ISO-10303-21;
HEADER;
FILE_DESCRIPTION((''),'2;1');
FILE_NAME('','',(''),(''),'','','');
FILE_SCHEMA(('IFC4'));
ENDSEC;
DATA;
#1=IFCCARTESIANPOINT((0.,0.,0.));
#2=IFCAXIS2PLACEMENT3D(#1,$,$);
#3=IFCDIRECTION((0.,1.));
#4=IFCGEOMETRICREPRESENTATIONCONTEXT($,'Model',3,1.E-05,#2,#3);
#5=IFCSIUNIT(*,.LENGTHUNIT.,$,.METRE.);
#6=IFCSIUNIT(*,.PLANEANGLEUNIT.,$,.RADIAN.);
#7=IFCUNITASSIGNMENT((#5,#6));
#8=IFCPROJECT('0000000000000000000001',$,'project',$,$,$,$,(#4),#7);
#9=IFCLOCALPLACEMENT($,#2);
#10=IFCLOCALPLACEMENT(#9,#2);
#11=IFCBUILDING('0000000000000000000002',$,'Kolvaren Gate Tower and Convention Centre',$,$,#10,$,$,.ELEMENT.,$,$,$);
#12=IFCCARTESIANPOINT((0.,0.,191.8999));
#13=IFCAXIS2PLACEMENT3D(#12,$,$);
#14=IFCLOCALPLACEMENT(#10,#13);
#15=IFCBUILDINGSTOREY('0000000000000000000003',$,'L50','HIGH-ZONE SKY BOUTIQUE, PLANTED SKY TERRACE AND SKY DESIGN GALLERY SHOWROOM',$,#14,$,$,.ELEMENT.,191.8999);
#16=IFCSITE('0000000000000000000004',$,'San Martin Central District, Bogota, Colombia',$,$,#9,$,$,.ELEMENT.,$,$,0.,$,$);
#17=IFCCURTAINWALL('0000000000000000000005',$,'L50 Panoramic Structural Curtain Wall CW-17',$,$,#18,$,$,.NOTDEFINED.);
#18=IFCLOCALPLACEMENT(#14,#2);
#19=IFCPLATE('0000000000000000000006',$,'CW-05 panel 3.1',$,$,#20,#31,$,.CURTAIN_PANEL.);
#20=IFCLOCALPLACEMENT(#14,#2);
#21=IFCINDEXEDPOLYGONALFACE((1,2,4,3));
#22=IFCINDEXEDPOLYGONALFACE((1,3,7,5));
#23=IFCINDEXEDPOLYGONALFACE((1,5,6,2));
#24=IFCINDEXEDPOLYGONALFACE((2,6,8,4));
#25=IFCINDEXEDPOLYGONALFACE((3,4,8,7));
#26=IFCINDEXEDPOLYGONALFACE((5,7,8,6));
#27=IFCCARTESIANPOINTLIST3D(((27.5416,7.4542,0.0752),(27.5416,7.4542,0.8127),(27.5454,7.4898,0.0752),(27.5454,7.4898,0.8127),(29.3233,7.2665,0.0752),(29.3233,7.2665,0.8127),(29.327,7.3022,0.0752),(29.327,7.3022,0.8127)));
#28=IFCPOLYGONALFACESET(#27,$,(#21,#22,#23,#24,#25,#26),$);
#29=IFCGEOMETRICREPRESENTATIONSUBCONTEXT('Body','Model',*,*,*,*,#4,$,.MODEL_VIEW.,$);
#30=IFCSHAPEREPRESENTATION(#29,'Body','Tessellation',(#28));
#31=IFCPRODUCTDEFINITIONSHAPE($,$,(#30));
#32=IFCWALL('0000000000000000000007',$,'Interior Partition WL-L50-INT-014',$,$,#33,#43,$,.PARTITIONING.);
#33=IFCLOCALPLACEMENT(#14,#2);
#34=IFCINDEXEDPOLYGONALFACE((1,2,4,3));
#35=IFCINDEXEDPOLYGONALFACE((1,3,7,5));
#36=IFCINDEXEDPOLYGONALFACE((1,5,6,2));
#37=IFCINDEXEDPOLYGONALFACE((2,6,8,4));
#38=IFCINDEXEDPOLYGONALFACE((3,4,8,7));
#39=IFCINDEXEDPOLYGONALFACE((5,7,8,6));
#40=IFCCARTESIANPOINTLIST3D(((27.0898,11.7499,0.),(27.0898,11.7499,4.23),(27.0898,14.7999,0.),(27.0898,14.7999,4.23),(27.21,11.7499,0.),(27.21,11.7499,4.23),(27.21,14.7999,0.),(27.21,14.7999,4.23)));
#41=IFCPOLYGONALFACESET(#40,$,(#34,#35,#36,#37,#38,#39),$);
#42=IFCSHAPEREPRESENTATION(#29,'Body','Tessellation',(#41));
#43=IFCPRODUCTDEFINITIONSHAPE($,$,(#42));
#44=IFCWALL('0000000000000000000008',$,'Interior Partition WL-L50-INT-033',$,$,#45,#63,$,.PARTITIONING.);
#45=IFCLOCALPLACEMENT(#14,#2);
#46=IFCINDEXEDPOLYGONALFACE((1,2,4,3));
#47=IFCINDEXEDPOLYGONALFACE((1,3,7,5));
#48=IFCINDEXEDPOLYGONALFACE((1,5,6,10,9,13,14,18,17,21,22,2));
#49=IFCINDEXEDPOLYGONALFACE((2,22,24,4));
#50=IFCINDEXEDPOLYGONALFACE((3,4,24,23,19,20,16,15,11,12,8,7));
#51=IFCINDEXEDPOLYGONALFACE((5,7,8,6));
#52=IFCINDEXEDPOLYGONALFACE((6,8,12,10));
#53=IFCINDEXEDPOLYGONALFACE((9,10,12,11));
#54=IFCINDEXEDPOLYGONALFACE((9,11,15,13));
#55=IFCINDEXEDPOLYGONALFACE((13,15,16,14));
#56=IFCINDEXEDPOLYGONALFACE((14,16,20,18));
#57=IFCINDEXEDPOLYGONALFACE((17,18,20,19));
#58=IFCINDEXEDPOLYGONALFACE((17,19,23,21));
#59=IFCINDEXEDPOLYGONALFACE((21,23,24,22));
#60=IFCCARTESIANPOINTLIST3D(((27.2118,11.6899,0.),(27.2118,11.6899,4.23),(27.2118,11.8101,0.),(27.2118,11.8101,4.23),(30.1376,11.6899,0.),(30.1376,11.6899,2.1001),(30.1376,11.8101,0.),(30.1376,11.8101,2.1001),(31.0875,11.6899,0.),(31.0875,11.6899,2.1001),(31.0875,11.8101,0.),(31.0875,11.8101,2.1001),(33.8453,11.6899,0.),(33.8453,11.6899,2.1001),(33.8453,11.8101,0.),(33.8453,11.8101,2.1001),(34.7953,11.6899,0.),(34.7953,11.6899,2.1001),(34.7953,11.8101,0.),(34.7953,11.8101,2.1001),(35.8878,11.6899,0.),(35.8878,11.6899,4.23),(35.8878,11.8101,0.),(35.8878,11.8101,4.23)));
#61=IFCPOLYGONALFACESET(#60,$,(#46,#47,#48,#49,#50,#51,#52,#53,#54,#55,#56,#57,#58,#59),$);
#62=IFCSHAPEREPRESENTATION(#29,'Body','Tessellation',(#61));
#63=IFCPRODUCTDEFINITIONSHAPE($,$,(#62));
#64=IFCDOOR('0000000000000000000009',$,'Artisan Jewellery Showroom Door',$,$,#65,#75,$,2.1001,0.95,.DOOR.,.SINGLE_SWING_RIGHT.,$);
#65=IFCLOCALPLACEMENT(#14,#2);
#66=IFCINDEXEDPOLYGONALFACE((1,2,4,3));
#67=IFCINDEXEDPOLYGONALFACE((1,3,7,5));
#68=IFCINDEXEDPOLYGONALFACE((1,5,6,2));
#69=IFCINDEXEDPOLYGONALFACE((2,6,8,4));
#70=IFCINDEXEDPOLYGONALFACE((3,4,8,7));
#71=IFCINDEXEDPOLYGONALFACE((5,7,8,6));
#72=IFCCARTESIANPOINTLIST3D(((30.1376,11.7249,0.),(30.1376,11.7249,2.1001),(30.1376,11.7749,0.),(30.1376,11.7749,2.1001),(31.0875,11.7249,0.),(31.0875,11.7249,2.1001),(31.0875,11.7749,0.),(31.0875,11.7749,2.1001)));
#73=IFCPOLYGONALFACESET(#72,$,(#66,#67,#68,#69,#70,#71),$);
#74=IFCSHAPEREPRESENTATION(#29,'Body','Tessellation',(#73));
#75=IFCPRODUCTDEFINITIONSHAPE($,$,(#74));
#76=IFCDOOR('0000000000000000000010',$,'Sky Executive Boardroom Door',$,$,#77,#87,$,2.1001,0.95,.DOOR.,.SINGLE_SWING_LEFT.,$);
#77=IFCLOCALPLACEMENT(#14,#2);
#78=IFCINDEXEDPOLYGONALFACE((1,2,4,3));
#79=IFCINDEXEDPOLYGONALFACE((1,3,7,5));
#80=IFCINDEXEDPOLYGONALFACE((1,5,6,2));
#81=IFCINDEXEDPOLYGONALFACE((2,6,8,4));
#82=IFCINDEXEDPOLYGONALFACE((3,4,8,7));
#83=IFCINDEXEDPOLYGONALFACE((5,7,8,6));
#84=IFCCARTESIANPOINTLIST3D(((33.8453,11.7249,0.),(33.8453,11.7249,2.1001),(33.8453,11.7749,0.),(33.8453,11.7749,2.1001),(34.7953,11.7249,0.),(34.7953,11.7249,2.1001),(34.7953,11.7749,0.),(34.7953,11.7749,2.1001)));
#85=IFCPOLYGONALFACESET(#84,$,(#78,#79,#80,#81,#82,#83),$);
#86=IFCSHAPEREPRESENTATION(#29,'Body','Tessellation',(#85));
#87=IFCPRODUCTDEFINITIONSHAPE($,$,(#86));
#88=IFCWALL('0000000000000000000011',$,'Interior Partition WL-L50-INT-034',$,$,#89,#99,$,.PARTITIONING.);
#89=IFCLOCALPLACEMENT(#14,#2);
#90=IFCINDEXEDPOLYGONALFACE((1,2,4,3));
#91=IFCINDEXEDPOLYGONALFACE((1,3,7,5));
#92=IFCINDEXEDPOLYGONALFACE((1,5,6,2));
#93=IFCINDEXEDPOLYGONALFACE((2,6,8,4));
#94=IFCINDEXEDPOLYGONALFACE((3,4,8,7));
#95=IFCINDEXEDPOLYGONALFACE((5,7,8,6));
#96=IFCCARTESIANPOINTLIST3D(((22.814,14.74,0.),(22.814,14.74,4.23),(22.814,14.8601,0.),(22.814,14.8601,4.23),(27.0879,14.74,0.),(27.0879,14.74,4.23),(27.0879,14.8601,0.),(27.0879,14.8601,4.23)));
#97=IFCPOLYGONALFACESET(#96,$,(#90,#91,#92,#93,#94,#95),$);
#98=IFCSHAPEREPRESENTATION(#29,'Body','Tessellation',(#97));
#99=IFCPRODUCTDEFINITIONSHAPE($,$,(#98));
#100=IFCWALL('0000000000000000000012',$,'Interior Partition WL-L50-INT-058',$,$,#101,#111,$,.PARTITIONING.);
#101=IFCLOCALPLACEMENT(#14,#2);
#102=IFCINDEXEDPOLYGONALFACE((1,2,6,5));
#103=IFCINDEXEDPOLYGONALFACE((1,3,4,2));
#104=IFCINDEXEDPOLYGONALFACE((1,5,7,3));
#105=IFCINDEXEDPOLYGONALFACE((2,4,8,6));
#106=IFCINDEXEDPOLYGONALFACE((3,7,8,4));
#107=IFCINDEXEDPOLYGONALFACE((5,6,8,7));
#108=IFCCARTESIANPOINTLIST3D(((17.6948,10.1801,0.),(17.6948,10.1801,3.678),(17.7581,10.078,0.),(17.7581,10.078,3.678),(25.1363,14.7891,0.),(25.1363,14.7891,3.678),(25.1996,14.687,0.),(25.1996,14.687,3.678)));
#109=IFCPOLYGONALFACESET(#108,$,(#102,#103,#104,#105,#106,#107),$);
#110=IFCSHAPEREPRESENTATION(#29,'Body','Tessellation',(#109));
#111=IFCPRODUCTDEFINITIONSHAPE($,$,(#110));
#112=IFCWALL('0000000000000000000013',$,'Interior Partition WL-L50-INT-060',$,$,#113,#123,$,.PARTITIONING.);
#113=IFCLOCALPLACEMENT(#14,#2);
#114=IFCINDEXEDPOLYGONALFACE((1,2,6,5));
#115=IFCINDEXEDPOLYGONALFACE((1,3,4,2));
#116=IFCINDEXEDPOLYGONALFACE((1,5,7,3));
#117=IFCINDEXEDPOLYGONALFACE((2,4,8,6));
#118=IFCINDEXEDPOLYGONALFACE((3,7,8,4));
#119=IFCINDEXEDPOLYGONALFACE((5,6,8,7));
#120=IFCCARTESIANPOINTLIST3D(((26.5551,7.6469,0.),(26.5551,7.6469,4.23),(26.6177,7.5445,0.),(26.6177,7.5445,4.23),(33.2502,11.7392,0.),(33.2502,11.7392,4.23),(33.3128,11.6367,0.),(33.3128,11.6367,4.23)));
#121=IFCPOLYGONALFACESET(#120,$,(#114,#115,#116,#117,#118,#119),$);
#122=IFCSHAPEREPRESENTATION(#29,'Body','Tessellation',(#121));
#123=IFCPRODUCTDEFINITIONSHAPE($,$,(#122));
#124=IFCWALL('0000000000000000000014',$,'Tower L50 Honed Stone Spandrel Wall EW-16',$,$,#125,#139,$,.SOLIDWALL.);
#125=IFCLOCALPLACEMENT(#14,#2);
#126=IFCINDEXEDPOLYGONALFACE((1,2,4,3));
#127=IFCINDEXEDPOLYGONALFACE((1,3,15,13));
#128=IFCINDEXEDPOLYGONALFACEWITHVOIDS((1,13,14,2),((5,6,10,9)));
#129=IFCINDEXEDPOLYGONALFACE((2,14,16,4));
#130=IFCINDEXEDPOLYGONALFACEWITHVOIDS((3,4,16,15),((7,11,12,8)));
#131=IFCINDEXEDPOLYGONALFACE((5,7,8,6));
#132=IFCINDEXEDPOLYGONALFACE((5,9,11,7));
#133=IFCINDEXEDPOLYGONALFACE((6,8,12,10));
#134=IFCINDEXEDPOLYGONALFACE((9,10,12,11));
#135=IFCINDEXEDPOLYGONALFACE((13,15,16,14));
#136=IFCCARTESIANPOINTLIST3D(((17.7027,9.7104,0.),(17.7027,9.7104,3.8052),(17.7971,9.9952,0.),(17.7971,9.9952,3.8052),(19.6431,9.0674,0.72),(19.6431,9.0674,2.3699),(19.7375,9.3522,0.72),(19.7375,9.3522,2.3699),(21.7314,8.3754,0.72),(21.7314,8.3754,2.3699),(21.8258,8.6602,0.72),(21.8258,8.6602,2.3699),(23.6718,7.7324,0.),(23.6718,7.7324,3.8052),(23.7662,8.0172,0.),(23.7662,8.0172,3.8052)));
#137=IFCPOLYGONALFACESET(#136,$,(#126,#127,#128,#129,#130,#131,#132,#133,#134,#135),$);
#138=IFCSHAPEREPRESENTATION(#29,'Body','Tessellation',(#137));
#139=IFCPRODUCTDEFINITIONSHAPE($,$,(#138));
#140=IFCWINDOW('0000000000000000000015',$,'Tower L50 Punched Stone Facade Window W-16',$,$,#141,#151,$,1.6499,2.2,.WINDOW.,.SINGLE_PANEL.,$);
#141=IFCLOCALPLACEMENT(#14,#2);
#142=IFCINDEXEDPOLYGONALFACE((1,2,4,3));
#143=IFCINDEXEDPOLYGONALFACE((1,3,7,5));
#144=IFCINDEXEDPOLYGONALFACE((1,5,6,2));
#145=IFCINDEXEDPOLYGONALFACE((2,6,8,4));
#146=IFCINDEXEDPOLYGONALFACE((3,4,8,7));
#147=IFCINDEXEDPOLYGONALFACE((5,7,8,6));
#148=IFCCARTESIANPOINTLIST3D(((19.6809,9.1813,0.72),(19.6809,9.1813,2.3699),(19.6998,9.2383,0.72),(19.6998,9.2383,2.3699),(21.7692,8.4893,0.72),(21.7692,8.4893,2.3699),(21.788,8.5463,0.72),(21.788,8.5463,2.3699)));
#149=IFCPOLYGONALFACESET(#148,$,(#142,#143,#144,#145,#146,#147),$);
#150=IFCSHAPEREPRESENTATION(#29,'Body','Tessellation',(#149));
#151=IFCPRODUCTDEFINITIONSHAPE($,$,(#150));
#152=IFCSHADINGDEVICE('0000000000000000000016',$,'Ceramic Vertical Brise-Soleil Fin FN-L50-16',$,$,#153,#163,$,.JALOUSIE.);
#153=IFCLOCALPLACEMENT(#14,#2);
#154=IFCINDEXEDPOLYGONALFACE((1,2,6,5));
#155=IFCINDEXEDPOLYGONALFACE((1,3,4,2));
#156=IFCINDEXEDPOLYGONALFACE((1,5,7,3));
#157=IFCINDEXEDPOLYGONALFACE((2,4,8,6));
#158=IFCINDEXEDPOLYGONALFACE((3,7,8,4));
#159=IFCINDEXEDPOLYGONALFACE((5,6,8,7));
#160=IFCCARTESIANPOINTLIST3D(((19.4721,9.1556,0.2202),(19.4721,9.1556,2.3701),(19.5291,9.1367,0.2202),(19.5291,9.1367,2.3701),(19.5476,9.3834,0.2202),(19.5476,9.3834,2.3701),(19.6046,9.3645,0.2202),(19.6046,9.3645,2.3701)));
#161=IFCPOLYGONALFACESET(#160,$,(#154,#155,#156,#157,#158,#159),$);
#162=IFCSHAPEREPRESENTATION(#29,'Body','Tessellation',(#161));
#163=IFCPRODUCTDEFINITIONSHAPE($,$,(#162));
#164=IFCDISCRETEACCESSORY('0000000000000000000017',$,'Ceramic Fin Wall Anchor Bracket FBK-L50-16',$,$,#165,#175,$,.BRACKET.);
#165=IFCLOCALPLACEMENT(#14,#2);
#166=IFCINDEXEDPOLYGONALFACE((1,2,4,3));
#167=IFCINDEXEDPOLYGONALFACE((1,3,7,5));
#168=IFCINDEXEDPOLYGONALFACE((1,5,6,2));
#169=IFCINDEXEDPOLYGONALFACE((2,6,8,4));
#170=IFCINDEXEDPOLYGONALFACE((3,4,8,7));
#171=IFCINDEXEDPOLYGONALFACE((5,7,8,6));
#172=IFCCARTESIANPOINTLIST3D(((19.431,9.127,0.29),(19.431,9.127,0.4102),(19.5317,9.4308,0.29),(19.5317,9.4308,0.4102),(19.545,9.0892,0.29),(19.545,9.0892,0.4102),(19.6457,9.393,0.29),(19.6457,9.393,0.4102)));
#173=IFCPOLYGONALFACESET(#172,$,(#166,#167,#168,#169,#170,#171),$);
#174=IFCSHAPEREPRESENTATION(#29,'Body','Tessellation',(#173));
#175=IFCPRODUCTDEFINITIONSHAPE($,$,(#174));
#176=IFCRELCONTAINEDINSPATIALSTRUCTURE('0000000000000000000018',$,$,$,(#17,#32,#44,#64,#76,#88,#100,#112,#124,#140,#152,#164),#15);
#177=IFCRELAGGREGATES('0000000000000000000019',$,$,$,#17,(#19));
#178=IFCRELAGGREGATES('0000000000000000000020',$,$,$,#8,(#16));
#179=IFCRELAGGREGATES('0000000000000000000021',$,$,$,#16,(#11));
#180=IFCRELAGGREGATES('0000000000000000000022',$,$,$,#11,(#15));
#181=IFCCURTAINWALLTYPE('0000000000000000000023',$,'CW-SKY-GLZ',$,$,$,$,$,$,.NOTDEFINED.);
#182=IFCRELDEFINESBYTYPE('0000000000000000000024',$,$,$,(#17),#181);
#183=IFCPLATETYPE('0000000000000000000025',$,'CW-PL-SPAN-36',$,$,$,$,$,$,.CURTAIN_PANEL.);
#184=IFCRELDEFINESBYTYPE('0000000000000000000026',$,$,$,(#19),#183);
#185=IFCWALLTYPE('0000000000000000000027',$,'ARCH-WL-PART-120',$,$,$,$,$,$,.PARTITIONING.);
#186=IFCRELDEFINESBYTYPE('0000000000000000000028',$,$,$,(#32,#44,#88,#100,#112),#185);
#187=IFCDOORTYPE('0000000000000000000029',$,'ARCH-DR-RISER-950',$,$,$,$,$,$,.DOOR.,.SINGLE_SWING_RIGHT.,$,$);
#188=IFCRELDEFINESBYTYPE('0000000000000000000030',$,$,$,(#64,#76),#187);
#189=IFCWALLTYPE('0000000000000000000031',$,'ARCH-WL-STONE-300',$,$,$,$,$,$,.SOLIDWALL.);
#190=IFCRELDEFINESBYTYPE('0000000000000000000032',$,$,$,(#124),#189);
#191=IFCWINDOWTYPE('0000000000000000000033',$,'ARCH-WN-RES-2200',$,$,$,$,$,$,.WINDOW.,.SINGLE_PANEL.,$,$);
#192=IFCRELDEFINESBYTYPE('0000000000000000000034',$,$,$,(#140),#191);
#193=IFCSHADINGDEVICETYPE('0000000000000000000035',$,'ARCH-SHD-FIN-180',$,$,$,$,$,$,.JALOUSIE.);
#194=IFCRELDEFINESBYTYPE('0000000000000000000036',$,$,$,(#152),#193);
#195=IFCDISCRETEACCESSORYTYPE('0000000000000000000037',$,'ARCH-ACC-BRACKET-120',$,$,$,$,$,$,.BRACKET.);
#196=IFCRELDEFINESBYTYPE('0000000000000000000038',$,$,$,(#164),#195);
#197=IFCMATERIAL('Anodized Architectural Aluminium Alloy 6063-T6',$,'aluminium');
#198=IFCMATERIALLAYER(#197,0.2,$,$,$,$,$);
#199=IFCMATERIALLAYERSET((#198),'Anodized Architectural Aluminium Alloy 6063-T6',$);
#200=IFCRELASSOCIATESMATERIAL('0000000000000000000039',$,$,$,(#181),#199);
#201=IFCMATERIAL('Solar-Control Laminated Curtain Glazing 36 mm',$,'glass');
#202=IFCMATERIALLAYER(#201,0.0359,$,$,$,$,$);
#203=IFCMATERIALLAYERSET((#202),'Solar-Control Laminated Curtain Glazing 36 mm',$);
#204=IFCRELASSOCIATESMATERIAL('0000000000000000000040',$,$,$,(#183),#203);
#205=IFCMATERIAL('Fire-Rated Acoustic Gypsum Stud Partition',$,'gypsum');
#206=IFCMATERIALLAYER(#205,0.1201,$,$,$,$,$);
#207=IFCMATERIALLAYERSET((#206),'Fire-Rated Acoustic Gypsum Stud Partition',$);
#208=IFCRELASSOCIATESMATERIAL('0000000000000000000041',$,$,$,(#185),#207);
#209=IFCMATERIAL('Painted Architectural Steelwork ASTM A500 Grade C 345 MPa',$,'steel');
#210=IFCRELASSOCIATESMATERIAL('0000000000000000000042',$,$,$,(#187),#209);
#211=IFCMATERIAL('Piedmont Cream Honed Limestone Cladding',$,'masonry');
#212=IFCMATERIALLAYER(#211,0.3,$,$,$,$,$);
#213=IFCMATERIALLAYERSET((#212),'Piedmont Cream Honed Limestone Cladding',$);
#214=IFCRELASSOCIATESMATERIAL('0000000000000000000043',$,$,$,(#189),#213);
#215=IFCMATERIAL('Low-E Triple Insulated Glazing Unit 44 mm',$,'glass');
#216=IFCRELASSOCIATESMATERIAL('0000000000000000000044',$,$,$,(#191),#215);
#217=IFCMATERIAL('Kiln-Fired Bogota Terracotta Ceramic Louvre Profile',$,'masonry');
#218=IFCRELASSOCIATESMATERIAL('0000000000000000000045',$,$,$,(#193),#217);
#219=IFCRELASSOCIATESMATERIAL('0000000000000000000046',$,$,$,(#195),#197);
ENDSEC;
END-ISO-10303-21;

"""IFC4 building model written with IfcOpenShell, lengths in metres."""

from ifc_helpers import new_model, si_unit, direction, frame, frame_2d, origin, origin_2d, place, context, subcontext, project, spatial, rectangle, extrude, material, layer, layer_set, type_object, element, fill, aggregate, save


model = new_model("IFC4")

# Units and contexts
model_context = context("Model", 3, precision=1e-05, world=origin(), true_north=direction((0.0, 1.0)))
body_context = subcontext(model_context, "Body", "Model", "MODEL_VIEW")
ifc_project = project(units=[si_unit("LENGTHUNIT", "METRE"), si_unit("PLANEANGLEUNIT", "RADIAN")], contexts=[model_context])

# Site, building, storey
site_placement = place(None, origin())
site = spatial("IfcSite", under=ifc_project, at=site_placement, Name="San Martin Central District, Bogota, Colombia", CompositionType="ELEMENT", RefElevation=0.0)
building_placement = place(site_placement, origin())
building = spatial("IfcBuilding", under=site, at=building_placement, Name="Kolvaren Gate Tower and Convention Centre", CompositionType="ELEMENT")
storey_placement = place(building_placement, frame((0.0, 0.0, 191.8999)))
storey = spatial("IfcBuildingStorey", under=building, at=storey_placement, Name="L50", Description="HIGH-ZONE SKY BOUTIQUE, PLANTED SKY TERRACE AND SKY DESIGN GALLERY SHOWROOM", CompositionType="ELEMENT", Elevation=191.8999)

# Curtain wall
ifc_material_1 = material(Name="Anodized Architectural Aluminium Alloy 6063-T6", Category="aluminium")
ifc_layer_1 = layer(ifc_material_1, 0.2)
ifc_layer_set_1 = layer_set([ifc_layer_1], Name="Anodized Architectural Aluminium Alloy 6063-T6")
curtain_wall_type = type_object("IfcCurtainWallType", Name="CW-SKY-GLZ", PredefinedType="NOTDEFINED", material=ifc_layer_set_1)
curtain_wall_placement = place(storey_placement, origin())
curtain_wall = element("IfcCurtainWall", 1, at=curtain_wall_placement, inside=storey, type_object=curtain_wall_type, Name="L50 Panoramic Structural Curtain Wall CW-17", PredefinedType="NOTDEFINED")

# Plate
ifc_material_2 = material(Name="Low-E Triple Insulated Glazing Unit 44 mm", Category="glass")
ifc_material_3 = material(Name="Solar-Control Laminated Curtain Glazing 36 mm", Category="glass")
ifc_layer_2 = layer(ifc_material_3, 0.0359)
ifc_layer_set_2 = layer_set([ifc_layer_2], Name="Solar-Control Laminated Curtain Glazing 36 mm")
plate_type_1 = type_object("IfcPlateType", Name="CW-PL-SPAN-36", PredefinedType="CURTAIN_PANEL", material=ifc_layer_set_2)
plate_1_placement = place(storey_placement, frame((28.4343, 7.3782, 0.0752), z_axis=(0.0, 0.0, 1.0), x_axis=(0.994499, -0.104744, 0.0)))
plate_1 = element("IfcPlate", 2, at=plate_1_placement, type_object=plate_type_1, Name="CW-05 panel 3.1", PredefinedType="CURTAIN_PANEL", context=body_context, shape_type="SweptSolid", body=[
    extrude(rectangle(XDim=1.7915, YDim=0.0359, at=origin_2d()), origin(), (0.0, 0.0, 1.0), 0.7375),
])
aggregate(curtain_wall, [plate_1])

# Wall
ifc_material_4 = material(Name="Fire-Rated Acoustic Gypsum Stud Partition", Category="gypsum")
ifc_layer_3 = layer(ifc_material_4, 0.1201)
ifc_layer_set_3 = layer_set([ifc_layer_3], Name="Fire-Rated Acoustic Gypsum Stud Partition")
wall_type_1 = type_object("IfcWallType", Name="ARCH-WL-PART-120", PredefinedType="PARTITIONING", material=ifc_layer_set_3)
wall_1_placement = place(storey_placement, frame((27.1499, 11.75, 0.0), z_axis=(0.0, 0.0, 1.0), x_axis=(0.0, 1.0, 0.0)))
element("IfcWall", 3, at=wall_1_placement, inside=storey, type_object=wall_type_1, Name="Interior Partition WL-L50-INT-014", PredefinedType="PARTITIONING", context=body_context, shape_type="SweptSolid", body=[
    extrude(rectangle(XDim=3.05, YDim=0.1201, at=frame_2d((1.5249, 0.0))), origin(), (0.0, 0.0, 1.0), 4.23),
])

# Wall, openings, doors
wall_2_placement = place(storey_placement, frame((27.2119, 11.75, 0.0), z_axis=(0.0, 0.0, 1.0), x_axis=(1.0, 0.0, 0.0)))
wall_2 = element("IfcWall", 4, at=wall_2_placement, inside=storey, type_object=wall_type_1, Name="Interior Partition WL-L50-INT-033", PredefinedType="PARTITIONING", context=body_context, shape_type="SweptSolid", body=[
    extrude(rectangle(XDim=8.676, YDim=0.1201, at=frame_2d((4.3379, 0.0))), origin(), (0.0, 0.0, 1.0), 4.23),
])
opening_1_placement = place(wall_2_placement, frame((2.9255, 0.0, 0.0)))
opening_1 = element("IfcOpeningElement", 5, at=opening_1_placement, cuts=wall_2, PredefinedType="OPENING", context=body_context, shape_type="SweptSolid", body=[
    extrude(rectangle(XDim=0.95, YDim=2.1001, at=frame_2d((0.4751, 1.05))), frame((0.0, 0.0701, 0.0), z_axis=(0.0, -1.0, 0.0), x_axis=(1.0, 0.0, 0.0)), (0.0, 0.0, 1.0), 0.1401),
])
opening_2_placement = place(wall_2_placement, frame((6.6333, 0.0, 0.0)))
opening_2 = element("IfcOpeningElement", 6, at=opening_2_placement, cuts=wall_2, PredefinedType="OPENING", context=body_context, shape_type="SweptSolid", body=[
    extrude(rectangle(XDim=0.95, YDim=2.1001, at=frame_2d((0.4751, 1.05))), frame((0.0, 0.0701, 0.0), z_axis=(0.0, -1.0, 0.0), x_axis=(1.0, 0.0, 0.0)), (0.0, 0.0, 1.0), 0.1401),
])
ifc_material_5 = material(Name="Painted Architectural Steelwork ASTM A500 Grade C 345 MPa", Category="steel")
door_type = type_object("IfcDoorType", Name="ARCH-DR-RISER-950", OperationType="SINGLE_SWING_RIGHT", PredefinedType="DOOR", material=ifc_material_5)
door_1_placement = place(opening_1_placement, origin())
door_1 = element("IfcDoor", 7, at=door_1_placement, inside=storey, type_object=door_type, Name="Artisan Jewellery Showroom Door", OperationType="SINGLE_SWING_RIGHT", OverallHeight=2.1001, OverallWidth=0.95, PredefinedType="DOOR", context=body_context, shape_type="SweptSolid", body=[
    extrude(rectangle(XDim=0.95, YDim=2.1001, at=frame_2d((0.4751, 1.05))), frame((0.0, 0.0249, 0.0), z_axis=(0.0, -1.0, 0.0), x_axis=(1.0, 0.0, 0.0)), (0.0, 0.0, 1.0), 0.05),
])
fill(opening_1, door_1)
door_2_placement = place(opening_2_placement, origin())
door_2 = element("IfcDoor", 8, at=door_2_placement, inside=storey, type_object=door_type, Name="Sky Executive Boardroom Door", OperationType="SINGLE_SWING_LEFT", OverallHeight=2.1001, OverallWidth=0.95, PredefinedType="DOOR", context=body_context, shape_type="SweptSolid", body=[
    extrude(rectangle(XDim=0.95, YDim=2.1001, at=frame_2d((0.4751, 1.05))), frame((0.0, 0.0249, 0.0), z_axis=(0.0, -1.0, 0.0), x_axis=(1.0, 0.0, 0.0)), (0.0, 0.0, 1.0), 0.05),
])
fill(opening_2, door_2)

# Walls
wall_3_placement = place(storey_placement, frame((22.814, 14.8, 0.0), z_axis=(0.0, 0.0, 1.0), x_axis=(1.0, 0.0, 0.0)))
element("IfcWall", 9, at=wall_3_placement, inside=storey, type_object=wall_type_1, Name="Interior Partition WL-L50-INT-034", PredefinedType="PARTITIONING", context=body_context, shape_type="SweptSolid", body=[
    extrude(rectangle(XDim=4.2739, YDim=0.1201, at=frame_2d((2.137, 0.0))), origin(), (0.0, 0.0, 1.0), 4.23),
])
wall_4_placement = place(storey_placement, frame((17.7266, 10.1292, 0.0), z_axis=(0.0, 0.0, 1.0), x_axis=(0.850147, 0.526545, 0.0)))
element("IfcWall", 10, at=wall_4_placement, inside=storey, type_object=wall_type_1, Name="Interior Partition WL-L50-INT-058", PredefinedType="PARTITIONING", context=body_context, shape_type="SweptSolid", body=[
    extrude(rectangle(XDim=8.7532, YDim=0.1201, at=frame_2d((4.3765, 0.0))), origin(), (0.0, 0.0, 1.0), 3.678),
])
wall_5_placement = place(storey_placement, frame((26.5864, 7.5957, 0.0), z_axis=(0.0, 0.0, 1.0), x_axis=(0.853233, 0.521529, 0.0)))
element("IfcWall", 11, at=wall_5_placement, inside=storey, type_object=wall_type_1, Name="Interior Partition WL-L50-INT-060", PredefinedType="PARTITIONING", context=body_context, shape_type="SweptSolid", body=[
    extrude(rectangle(XDim=7.8467, YDim=0.1201, at=frame_2d((3.9233, 0.0))), origin(), (0.0, 0.0, 1.0), 4.23),
])

# Wall, opening, window
ifc_material_6 = material(Name="Piedmont Cream Honed Limestone Cladding", Category="masonry")
ifc_layer_4 = layer(ifc_material_6, 0.3)
ifc_layer_set_4 = layer_set([ifc_layer_4], Name="Piedmont Cream Honed Limestone Cladding")
wall_type_2 = type_object("IfcWallType", Name="ARCH-WL-STONE-300", PredefinedType="SOLIDWALL", material=ifc_layer_set_4)
wall_6_placement = place(storey_placement, frame((17.75, 9.8528, 0.0), z_axis=(0.0, 0.0, 1.0), x_axis=(0.949241, -0.31455, 0.0)))
wall_6 = element("IfcWall", 12, at=wall_6_placement, inside=storey, type_object=wall_type_2, Name="Tower L50 Honed Stone Spandrel Wall EW-16", PredefinedType="SOLIDWALL", context=body_context, shape_type="SweptSolid", body=[
    extrude(rectangle(XDim=6.2883, YDim=0.3, at=frame_2d((3.144, 0.0))), origin(), (0.0, 0.0, 1.0), 3.8052),
])
opening_3_placement = place(wall_6_placement, frame((2.0439, 0.0, 0.72)))
opening_3 = element("IfcOpeningElement", 13, at=opening_3_placement, cuts=wall_6, PredefinedType="OPENING", context=body_context, shape_type="SweptSolid", body=[
    extrude(rectangle(XDim=2.2, YDim=1.6499, at=frame_2d((1.1001, 0.825))), frame((0.0, 0.1599, 0.0), z_axis=(0.0, -1.0, 0.0), x_axis=(1.0, 0.0, 0.0)), (0.0, 0.0, 1.0), 0.3201),
])
window_type = type_object("IfcWindowType", Name="ARCH-WN-RES-2200", PartitioningType="SINGLE_PANEL", PredefinedType="WINDOW", material=ifc_material_2)
window_placement = place(opening_3_placement, origin())
window = element("IfcWindow", 14, at=window_placement, inside=storey, type_object=window_type, Name="Tower L50 Punched Stone Facade Window W-16", OverallHeight=1.6499, OverallWidth=2.2, PartitioningType="SINGLE_PANEL", PredefinedType="WINDOW", context=body_context, shape_type="SweptSolid", body=[
    extrude(rectangle(XDim=2.2, YDim=1.6499, at=frame_2d((1.1001, 0.825))), frame((0.0, 0.03, 0.0), z_axis=(0.0, -1.0, 0.0), x_axis=(1.0, 0.0, 0.0)), (0.0, 0.0, 1.0), 0.0601),
])
fill(opening_3, window)

# Shading device
ifc_material_7 = material(Name="Kiln-Fired Bogota Terracotta Ceramic Louvre Profile", Category="masonry")
shading_device_type = type_object("IfcShadingDeviceType", Name="ARCH-SHD-FIN-180", PredefinedType="JALOUSIE", material=ifc_material_7)
shading_device_placement = place(storey_placement, frame((19.5383, 9.26, 0.2202), z_axis=(0.0, 0.0, 1.0), x_axis=(0.949242, -0.314548, 0.0)))
element("IfcShadingDevice", 15, at=shading_device_placement, inside=storey, type_object=shading_device_type, Name="Ceramic Vertical Brise-Soleil Fin FN-L50-16", PredefinedType="JALOUSIE", context=body_context, shape_type="SweptSolid", body=[
    extrude(rectangle(XDim=0.0601, YDim=0.24, at=origin_2d()), origin(), (0.0, 0.0, 1.0), 2.1499),
])

# Discrete accessory
discrete_accessory_type = type_object("IfcDiscreteAccessoryType", Name="ARCH-ACC-BRACKET-120", PredefinedType="BRACKET", material=ifc_material_1)
discrete_accessory_placement = place(storey_placement, frame((19.5383, 9.26, 0.29), z_axis=(0.0, 0.0, 1.0), x_axis=(0.949242, -0.314548, 0.0)))
element("IfcDiscreteAccessory", 16, at=discrete_accessory_placement, inside=storey, type_object=discrete_accessory_type, Name="Ceramic Fin Wall Anchor Bracket FBK-L50-16", PredefinedType="BRACKET", context=body_context, shape_type="SweptSolid", body=[
    extrude(rectangle(XDim=0.1201, YDim=0.3201, at=origin_2d()), origin(), (0.0, 0.0, 1.0), 0.1201),
])

save(model, "model.ifc")
